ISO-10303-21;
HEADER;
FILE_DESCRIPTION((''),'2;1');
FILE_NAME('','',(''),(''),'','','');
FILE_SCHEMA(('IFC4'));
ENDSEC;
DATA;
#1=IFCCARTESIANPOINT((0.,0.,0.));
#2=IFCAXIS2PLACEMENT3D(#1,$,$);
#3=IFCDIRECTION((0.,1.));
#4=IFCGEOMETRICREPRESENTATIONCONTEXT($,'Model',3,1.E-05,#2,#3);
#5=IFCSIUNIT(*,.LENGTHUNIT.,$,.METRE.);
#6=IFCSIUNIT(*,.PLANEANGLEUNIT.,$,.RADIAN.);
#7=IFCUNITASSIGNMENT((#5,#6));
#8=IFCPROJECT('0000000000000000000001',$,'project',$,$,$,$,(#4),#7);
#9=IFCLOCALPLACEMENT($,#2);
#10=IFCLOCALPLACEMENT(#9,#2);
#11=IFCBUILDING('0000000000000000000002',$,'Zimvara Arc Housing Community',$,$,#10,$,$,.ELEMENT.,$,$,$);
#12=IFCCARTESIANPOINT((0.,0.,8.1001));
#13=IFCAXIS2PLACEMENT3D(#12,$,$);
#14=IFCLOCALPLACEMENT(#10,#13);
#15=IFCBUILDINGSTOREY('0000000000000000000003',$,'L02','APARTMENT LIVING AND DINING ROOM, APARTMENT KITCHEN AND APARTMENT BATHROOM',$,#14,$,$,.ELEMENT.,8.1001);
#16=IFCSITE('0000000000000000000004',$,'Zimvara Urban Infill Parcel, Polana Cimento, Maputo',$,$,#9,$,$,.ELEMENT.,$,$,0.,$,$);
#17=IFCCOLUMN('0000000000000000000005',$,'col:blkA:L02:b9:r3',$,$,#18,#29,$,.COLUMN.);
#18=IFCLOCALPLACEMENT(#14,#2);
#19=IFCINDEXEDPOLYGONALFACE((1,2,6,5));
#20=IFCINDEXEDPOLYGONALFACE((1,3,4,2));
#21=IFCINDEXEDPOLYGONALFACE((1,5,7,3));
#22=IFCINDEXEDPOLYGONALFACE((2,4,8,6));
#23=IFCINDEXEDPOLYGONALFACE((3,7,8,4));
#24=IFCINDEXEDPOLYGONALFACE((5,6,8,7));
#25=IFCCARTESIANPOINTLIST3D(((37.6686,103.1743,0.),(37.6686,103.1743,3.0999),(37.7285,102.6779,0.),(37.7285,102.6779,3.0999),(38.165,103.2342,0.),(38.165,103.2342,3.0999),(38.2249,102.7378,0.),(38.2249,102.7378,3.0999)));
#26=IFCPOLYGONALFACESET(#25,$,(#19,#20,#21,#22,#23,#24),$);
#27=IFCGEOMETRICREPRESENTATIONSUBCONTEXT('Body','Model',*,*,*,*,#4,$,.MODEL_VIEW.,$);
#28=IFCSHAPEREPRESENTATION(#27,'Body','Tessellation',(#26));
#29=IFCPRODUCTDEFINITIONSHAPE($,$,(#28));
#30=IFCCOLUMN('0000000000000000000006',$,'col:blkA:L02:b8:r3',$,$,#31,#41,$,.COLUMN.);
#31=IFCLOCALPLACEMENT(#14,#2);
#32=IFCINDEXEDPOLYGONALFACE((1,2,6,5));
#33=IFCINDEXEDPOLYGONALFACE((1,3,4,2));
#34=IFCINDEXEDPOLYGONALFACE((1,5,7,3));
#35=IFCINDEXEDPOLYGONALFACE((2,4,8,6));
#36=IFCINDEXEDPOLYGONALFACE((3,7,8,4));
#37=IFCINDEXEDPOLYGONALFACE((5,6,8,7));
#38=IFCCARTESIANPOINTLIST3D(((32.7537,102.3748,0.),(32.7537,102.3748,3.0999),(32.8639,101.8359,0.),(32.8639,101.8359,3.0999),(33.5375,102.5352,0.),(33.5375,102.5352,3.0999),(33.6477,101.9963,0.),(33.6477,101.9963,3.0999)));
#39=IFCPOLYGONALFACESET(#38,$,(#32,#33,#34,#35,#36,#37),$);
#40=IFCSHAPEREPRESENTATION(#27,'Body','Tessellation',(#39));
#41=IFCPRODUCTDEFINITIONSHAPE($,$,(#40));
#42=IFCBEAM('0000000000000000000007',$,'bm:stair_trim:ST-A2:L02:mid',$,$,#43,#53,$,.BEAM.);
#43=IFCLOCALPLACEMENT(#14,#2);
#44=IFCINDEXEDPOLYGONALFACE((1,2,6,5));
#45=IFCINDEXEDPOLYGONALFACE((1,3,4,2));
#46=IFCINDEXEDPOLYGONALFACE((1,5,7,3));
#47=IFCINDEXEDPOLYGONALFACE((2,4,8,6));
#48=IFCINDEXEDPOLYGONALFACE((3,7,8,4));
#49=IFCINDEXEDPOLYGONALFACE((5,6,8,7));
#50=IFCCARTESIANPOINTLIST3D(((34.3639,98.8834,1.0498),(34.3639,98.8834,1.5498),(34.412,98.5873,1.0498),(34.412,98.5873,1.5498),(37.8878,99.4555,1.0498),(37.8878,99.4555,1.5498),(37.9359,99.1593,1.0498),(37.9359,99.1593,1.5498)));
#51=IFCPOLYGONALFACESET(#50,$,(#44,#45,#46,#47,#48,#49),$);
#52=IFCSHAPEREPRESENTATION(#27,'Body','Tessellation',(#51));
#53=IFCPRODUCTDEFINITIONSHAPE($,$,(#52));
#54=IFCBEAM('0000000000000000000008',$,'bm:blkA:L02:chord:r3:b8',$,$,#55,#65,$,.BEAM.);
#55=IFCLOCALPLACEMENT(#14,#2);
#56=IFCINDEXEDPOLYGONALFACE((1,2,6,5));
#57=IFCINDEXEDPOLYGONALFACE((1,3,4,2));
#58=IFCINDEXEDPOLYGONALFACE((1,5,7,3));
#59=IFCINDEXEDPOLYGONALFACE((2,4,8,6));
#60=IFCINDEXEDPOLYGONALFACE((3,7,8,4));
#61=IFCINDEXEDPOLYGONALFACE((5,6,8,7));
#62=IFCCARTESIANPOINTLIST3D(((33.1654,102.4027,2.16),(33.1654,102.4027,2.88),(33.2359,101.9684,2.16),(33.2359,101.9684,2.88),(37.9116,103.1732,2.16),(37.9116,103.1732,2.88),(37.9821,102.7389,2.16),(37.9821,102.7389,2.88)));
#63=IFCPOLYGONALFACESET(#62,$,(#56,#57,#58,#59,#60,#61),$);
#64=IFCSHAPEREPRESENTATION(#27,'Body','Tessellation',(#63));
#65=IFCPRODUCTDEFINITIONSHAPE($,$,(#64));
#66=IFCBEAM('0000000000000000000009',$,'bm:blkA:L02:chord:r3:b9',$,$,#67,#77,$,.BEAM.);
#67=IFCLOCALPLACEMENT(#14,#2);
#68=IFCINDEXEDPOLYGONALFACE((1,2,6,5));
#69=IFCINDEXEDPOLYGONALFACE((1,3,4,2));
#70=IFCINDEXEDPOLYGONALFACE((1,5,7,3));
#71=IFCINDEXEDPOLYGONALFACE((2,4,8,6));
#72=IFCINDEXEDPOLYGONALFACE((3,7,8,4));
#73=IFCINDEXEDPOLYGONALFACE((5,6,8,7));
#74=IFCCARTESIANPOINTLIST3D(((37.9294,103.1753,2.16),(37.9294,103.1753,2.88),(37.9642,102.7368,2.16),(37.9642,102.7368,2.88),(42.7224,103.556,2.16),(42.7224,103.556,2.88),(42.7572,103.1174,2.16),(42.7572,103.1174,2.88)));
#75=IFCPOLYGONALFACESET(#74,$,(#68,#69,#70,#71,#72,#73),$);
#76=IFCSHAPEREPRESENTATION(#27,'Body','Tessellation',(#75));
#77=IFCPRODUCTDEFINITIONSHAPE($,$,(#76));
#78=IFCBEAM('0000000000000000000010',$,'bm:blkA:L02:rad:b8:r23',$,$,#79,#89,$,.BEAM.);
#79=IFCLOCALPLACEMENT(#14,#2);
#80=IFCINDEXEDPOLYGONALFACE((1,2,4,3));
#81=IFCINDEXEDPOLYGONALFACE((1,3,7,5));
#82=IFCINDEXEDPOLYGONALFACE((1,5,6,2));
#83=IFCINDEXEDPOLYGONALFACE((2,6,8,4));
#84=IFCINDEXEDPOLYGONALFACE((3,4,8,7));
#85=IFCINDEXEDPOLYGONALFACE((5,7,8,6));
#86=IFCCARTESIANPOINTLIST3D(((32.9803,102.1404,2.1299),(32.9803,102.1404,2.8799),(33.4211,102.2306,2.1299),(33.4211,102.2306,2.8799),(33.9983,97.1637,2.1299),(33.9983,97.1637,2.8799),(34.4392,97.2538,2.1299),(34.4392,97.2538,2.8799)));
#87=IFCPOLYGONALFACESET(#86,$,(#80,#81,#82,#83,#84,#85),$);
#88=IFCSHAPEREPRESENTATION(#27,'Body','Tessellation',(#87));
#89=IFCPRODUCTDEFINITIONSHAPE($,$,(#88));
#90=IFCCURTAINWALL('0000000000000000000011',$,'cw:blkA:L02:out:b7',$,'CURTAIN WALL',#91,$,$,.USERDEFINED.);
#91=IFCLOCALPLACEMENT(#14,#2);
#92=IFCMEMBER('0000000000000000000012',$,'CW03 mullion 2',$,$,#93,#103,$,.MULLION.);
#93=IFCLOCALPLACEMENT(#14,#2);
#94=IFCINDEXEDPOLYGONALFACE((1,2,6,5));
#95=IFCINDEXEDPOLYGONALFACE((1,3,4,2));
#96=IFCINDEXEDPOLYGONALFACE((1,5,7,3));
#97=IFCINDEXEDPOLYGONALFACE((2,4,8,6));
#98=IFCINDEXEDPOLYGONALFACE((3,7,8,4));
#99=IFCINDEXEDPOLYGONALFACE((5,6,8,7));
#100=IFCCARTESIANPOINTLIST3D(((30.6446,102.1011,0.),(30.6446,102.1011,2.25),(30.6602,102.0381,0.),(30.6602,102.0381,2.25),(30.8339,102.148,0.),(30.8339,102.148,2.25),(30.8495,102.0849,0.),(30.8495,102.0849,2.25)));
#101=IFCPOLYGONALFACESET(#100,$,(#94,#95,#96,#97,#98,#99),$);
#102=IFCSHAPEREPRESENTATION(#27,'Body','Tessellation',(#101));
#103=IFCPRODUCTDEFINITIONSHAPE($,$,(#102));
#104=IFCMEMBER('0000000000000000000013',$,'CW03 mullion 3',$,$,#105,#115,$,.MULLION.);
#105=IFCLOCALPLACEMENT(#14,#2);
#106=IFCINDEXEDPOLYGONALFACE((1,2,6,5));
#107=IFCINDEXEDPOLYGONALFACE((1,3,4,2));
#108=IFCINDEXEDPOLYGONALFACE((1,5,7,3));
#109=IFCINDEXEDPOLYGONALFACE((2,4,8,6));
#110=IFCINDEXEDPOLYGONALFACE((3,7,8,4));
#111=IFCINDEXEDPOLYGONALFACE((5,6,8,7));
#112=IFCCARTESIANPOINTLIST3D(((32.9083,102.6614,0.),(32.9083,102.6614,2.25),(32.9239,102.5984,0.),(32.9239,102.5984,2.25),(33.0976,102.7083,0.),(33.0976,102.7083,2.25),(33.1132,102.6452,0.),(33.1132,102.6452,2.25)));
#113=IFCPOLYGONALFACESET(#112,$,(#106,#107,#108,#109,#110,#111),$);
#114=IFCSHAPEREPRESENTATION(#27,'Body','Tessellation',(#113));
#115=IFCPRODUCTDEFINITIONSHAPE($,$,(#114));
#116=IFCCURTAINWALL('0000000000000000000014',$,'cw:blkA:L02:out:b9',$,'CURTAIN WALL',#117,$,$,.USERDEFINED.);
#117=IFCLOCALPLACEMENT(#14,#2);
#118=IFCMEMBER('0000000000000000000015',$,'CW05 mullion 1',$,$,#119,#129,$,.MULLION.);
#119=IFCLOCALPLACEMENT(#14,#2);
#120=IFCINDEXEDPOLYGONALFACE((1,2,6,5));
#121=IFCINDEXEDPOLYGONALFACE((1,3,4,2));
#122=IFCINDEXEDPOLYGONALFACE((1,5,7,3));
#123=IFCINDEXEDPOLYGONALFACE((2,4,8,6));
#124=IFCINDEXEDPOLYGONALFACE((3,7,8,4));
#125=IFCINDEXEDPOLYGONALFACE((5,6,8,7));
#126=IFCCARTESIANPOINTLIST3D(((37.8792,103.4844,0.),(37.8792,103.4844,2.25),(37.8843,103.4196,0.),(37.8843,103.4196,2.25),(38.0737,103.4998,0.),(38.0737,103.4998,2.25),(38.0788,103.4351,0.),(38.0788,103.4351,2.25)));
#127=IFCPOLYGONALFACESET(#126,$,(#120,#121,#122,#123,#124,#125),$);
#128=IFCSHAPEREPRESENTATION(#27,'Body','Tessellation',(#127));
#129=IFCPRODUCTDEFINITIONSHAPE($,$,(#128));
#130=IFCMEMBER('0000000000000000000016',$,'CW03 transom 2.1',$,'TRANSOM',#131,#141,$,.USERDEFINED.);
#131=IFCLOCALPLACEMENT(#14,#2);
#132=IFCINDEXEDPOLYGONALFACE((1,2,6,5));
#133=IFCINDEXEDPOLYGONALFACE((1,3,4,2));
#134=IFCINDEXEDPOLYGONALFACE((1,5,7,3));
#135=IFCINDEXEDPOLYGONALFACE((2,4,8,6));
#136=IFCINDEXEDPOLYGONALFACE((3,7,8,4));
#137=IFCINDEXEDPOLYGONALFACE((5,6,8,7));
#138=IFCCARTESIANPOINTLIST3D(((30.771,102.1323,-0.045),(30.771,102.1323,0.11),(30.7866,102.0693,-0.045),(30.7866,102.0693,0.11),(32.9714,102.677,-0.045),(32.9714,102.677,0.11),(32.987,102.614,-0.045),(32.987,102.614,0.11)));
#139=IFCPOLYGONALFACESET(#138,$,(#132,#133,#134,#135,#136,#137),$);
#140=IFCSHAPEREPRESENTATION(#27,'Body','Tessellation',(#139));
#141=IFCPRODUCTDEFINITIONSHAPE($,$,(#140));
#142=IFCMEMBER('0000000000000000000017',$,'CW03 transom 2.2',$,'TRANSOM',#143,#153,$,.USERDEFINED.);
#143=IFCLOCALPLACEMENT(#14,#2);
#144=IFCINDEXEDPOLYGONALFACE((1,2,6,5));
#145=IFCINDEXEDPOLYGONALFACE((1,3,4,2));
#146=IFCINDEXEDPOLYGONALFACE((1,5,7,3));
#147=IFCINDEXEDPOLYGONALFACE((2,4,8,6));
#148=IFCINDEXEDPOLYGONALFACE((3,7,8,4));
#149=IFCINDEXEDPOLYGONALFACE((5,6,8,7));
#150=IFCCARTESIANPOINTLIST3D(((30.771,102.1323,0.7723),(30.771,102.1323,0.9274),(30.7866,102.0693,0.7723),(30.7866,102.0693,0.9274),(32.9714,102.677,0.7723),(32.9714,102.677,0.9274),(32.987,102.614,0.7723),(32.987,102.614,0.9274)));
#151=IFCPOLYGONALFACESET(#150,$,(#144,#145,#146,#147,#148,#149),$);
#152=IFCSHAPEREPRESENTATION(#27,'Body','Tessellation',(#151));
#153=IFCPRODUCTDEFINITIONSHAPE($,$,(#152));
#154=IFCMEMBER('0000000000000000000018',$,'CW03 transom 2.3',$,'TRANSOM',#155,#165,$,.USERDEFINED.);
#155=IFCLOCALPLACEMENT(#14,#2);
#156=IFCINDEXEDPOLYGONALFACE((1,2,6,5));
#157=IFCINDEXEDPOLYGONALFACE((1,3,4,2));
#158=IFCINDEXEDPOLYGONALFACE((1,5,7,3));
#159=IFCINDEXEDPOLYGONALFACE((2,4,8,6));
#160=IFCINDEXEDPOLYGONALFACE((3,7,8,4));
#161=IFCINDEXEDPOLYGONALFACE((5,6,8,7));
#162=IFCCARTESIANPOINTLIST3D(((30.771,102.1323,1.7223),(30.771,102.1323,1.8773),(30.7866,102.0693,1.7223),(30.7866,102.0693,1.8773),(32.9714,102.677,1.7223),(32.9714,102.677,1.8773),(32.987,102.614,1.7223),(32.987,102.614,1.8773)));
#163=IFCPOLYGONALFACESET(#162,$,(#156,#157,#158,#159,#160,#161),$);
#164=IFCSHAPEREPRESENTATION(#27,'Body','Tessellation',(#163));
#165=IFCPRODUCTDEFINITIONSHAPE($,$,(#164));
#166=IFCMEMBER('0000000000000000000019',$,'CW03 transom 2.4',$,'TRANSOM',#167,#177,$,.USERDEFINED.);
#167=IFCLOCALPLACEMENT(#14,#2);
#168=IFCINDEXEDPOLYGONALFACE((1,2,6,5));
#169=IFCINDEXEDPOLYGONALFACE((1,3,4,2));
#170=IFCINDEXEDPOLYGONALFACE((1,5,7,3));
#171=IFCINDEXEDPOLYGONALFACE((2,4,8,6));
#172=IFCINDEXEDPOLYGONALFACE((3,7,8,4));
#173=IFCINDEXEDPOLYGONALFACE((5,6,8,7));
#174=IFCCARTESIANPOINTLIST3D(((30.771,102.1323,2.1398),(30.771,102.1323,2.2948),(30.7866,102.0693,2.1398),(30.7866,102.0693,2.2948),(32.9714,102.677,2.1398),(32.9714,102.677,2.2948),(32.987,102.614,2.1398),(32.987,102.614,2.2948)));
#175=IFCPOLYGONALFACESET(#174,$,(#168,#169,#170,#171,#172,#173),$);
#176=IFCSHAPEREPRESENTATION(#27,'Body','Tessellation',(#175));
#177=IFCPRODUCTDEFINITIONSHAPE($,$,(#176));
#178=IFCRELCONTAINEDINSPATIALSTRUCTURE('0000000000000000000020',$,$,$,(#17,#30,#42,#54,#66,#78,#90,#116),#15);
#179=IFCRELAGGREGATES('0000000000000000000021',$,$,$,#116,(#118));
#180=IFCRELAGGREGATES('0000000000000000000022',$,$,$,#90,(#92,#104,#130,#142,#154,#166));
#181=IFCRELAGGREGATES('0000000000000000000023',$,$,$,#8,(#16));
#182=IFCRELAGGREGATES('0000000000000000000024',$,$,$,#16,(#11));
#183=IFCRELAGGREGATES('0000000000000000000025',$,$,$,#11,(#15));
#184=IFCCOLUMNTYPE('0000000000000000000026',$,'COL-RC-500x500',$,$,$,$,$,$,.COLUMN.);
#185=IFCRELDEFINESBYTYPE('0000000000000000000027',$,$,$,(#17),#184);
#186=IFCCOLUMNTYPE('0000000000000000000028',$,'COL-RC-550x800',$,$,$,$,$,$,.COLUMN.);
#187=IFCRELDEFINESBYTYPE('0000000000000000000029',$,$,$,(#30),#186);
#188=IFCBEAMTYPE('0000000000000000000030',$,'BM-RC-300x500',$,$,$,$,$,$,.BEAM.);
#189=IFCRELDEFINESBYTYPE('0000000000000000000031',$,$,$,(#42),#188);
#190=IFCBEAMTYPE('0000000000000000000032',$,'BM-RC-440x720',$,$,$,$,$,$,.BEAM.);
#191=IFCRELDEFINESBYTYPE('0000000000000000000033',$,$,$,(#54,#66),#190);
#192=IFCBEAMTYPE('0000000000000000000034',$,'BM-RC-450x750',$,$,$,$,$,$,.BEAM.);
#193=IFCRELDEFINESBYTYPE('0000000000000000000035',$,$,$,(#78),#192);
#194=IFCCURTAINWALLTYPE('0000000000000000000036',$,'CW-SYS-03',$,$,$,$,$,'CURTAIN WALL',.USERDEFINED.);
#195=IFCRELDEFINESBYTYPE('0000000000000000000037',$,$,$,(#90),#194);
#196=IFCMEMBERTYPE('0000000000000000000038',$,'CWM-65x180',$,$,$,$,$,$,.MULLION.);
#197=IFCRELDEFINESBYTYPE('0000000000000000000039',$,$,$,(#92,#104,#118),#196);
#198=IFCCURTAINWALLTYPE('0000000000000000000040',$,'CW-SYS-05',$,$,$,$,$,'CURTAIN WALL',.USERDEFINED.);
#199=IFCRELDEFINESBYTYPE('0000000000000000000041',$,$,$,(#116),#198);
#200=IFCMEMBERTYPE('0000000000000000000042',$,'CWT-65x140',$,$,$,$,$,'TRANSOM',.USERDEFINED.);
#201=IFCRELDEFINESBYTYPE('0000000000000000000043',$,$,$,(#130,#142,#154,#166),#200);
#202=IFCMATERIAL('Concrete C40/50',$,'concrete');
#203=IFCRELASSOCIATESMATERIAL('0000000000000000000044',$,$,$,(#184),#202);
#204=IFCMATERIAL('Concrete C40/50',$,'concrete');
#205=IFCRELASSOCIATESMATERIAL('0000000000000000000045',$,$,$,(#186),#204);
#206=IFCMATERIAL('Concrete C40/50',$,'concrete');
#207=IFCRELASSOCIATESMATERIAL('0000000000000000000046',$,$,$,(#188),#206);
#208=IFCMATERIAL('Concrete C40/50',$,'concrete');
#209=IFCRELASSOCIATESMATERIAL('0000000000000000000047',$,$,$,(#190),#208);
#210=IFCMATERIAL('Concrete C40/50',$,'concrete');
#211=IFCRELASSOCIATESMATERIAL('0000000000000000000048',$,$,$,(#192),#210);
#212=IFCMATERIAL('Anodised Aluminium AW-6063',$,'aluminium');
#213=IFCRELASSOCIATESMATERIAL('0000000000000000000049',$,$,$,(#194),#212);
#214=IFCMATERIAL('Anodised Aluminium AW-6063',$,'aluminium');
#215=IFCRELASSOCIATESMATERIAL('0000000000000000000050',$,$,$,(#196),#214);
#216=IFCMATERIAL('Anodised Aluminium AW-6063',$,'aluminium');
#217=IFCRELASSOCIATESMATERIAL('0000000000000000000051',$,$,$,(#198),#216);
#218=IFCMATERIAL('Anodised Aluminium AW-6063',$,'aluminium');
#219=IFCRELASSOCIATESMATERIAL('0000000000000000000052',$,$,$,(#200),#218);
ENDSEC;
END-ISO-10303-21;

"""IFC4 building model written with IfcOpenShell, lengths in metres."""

from ifc_helpers import new_model, si_unit, direction, frame, origin, origin_2d, place, context, subcontext, project, spatial, rectangle, extrude, material, material_profile, profile_set, type_object, element, aggregate, save


model = new_model("IFC4")

# Units and contexts
model_context = context("Model", 3, precision=1e-05, world=origin(), true_north=direction((0.0, 1.0)))
body_context = subcontext(model_context, "Body", "Model", "MODEL_VIEW")
ifc_project = project(units=[si_unit("LENGTHUNIT", "METRE"), si_unit("PLANEANGLEUNIT", "RADIAN")], contexts=[model_context])

# Site, building, storey
site_placement = place(None, origin())
site = spatial("IfcSite", under=ifc_project, at=site_placement, Name="Zimvara Urban Infill Parcel, Polana Cimento, Maputo", CompositionType="ELEMENT", RefElevation=0.0)
building_placement = place(site_placement, origin())
building = spatial("IfcBuilding", under=site, at=building_placement, Name="Zimvara Arc Housing Community", CompositionType="ELEMENT")
storey_placement = place(building_placement, frame((0.0, 0.0, 8.1001)))
storey = spatial("IfcBuildingStorey", under=building, at=storey_placement, Name="L02", Description="APARTMENT LIVING AND DINING ROOM, APARTMENT KITCHEN AND APARTMENT BATHROOM", CompositionType="ELEMENT", Elevation=8.1001)

# Columns
ifc_material_1 = material(Name="Concrete C40/50", Category="concrete")
ifc_material_profile_1 = material_profile(ifc_material_1, rectangle(XDim=0.5, YDim=0.5, at=origin_2d()), Name="RC 500x500")
ifc_profile_set_1 = profile_set([ifc_material_profile_1], Name="Concrete C40/50")
column_type_1 = type_object("IfcColumnType", Name="COL-RC-500x500", PredefinedType="COLUMN", material=ifc_profile_set_1)
column_1_placement = place(storey_placement, frame((37.9468, 102.9561, 0.0), z_axis=(0.0, 0.0, 1.0), x_axis=(-0.11979, 0.992799, 0.0)))
element("IfcColumn", 1, at=column_1_placement, inside=storey, type_object=column_type_1, Name="col:blkA:L02:b9:r3", PredefinedType="COLUMN", context=body_context, shape_type="SweptSolid", body=[
    extrude(rectangle(XDim=0.5, YDim=0.5, at=origin_2d()), origin(), (0.0, 0.0, 1.0), 3.0999),
])
ifc_material_2 = material(Name="Concrete C40/50", Category="concrete")
ifc_material_profile_2 = material_profile(ifc_material_2, rectangle(XDim=0.55, YDim=0.8, at=origin_2d()), Name="RC 550x800")
ifc_profile_set_2 = profile_set([ifc_material_profile_2], Name="Concrete C40/50")
column_type_2 = type_object("IfcColumnType", Name="COL-RC-550x800", PredefinedType="COLUMN", material=ifc_profile_set_2)
column_2_placement = place(storey_placement, frame((33.2007, 102.1855, 0.0), z_axis=(0.0, 0.0, 1.0), x_axis=(-0.200394, 0.979715, 0.0)))
element("IfcColumn", 2, at=column_2_placement, inside=storey, type_object=column_type_2, Name="col:blkA:L02:b8:r3", PredefinedType="COLUMN", context=body_context, shape_type="SweptSolid", body=[
    extrude(rectangle(XDim=0.55, YDim=0.8, at=origin_2d()), origin(), (0.0, 0.0, 1.0), 3.0999),
])

# Beams
ifc_material_3 = material(Name="Concrete C40/50", Category="concrete")
ifc_material_profile_3 = material_profile(ifc_material_3, rectangle(XDim=0.3, YDim=0.5, at=origin_2d()), Name="RC 300x500")
ifc_profile_set_3 = profile_set([ifc_material_profile_3], Name="Concrete C40/50")
beam_type_1 = type_object("IfcBeamType", Name="BM-RC-300x500", PredefinedType="BEAM", material=ifc_profile_set_3)
beam_1_placement = place(storey_placement, frame((37.9119, 99.3074, 1.2998), z_axis=(-0.98708, -0.160228, 0.0), x_axis=(0.160228, -0.98708, 0.0)))
element("IfcBeam", 3, at=beam_1_placement, inside=storey, type_object=beam_type_1, Name="bm:stair_trim:ST-A2:L02:mid", PredefinedType="BEAM", context=body_context, shape_type="SweptSolid", body=[
    extrude(rectangle(XDim=0.3, YDim=0.5, at=origin_2d()), origin(), (0.0, 0.0, 1.0), 3.5701),
])
ifc_material_4 = material(Name="Concrete C40/50", Category="concrete")
ifc_material_profile_4 = material_profile(ifc_material_4, rectangle(XDim=0.4399, YDim=0.72, at=origin_2d()), Name="RC 440x720")
ifc_profile_set_4 = profile_set([ifc_material_profile_4], Name="Concrete C40/50")
beam_type_2 = type_object("IfcBeamType", Name="BM-RC-440x720", PredefinedType="BEAM", material=ifc_profile_set_4)
beam_2_placement = place(storey_placement, frame((33.2007, 102.1855, 2.52), z_axis=(0.987077, 0.160248, 0.0), x_axis=(-0.160248, 0.987077, 0.0)))
element("IfcBeam", 4, at=beam_2_placement, inside=storey, type_object=beam_type_2, Name="bm:blkA:L02:chord:r3:b8", PredefinedType="BEAM", context=body_context, shape_type="SweptSolid", body=[
    extrude(rectangle(XDim=0.4399, YDim=0.72, at=origin_2d()), origin(), (0.0, 0.0, 1.0), 4.8083),
])
beam_3_placement = place(storey_placement, frame((37.9468, 102.9561, 2.52), z_axis=(0.996862, 0.079162, 0.0), x_axis=(-0.079162, 0.996862, 0.0)))
element("IfcBeam", 5, at=beam_3_placement, inside=storey, type_object=beam_type_2, Name="bm:blkA:L02:chord:r3:b9", PredefinedType="BEAM", context=body_context, shape_type="SweptSolid", body=[
    extrude(rectangle(XDim=0.4399, YDim=0.72, at=origin_2d()), origin(), (0.0, 0.0, 1.0), 4.8081),
])
ifc_material_5 = material(Name="Concrete C40/50", Category="concrete")
ifc_material_profile_5 = material_profile(ifc_material_5, rectangle(XDim=0.45, YDim=0.75, at=origin_2d()), Name="RC 450x750")
ifc_profile_set_5 = profile_set([ifc_material_profile_5], Name="Concrete C40/50")
beam_type_3 = type_object("IfcBeamType", Name="BM-RC-450x750", PredefinedType="BEAM", material=ifc_profile_set_5)
beam_4_placement = place(storey_placement, frame((34.2188, 97.2087, 2.5049), z_axis=(-0.200412, 0.979712, 0.0), x_axis=(-0.979712, -0.200412, 0.0)))
element("IfcBeam", 6, at=beam_4_placement, inside=storey, type_object=beam_type_3, Name="bm:blkA:L02:rad:b8:r23", PredefinedType="BEAM", context=body_context, shape_type="SweptSolid", body=[
    extrude(rectangle(XDim=0.45, YDim=0.75, at=origin_2d()), origin(), (0.0, 0.0, 1.0), 5.0798),
])

# Curtain wall, members
ifc_material_6 = material(Name="Anodised Aluminium AW-6063", Category="aluminium")
curtain_wall_type_1 = type_object("IfcCurtainWallType", Name="CW-SYS-03", ElementType="CURTAIN WALL", PredefinedType="USERDEFINED", material=ifc_material_6)
curtain_wall_1_placement = place(storey_placement, origin())
curtain_wall_1 = element("IfcCurtainWall", 7, at=curtain_wall_1_placement, inside=storey, type_object=curtain_wall_type_1, Name="cw:blkA:L02:out:b7", ObjectType="CURTAIN WALL", PredefinedType="USERDEFINED")
ifc_material_7 = material(Name="Anodised Aluminium AW-6063", Category="aluminium")
ifc_material_profile_6 = material_profile(ifc_material_7, rectangle(XDim=0.0649, YDim=0.1951, at=origin_2d()), Name="ALU 65x195")
ifc_profile_set_6 = profile_set([ifc_material_profile_6], Name="Anodised Aluminium AW-6063")
member_type_1 = type_object("IfcMemberType", Name="CWM-65x180", PredefinedType="MULLION", material=ifc_profile_set_6)
member_1_placement = place(storey_placement, frame((30.7471, 102.093, 0.0), z_axis=(0.0, 0.0, 1.0), x_axis=(-0.24023, 0.970716, 0.0)))
member_1 = element("IfcMember", 8, at=member_1_placement, type_object=member_type_1, Name="CW03 mullion 2", PredefinedType="MULLION", context=body_context, shape_type="SweptSolid", body=[
    extrude(rectangle(XDim=0.0649, YDim=0.1951, at=origin_2d()), origin(), (0.0, 0.0, 1.0), 2.25),
])
member_2_placement = place(storey_placement, frame((33.0107, 102.6533, 0.0), z_axis=(0.0, 0.0, 1.0), x_axis=(-0.24023, 0.970716, 0.0)))
member_2 = element("IfcMember", 9, at=member_2_placement, type_object=member_type_1, Name="CW03 mullion 3", PredefinedType="MULLION", context=body_context, shape_type="SweptSolid", body=[
    extrude(rectangle(XDim=0.0649, YDim=0.1951, at=origin_2d()), origin(), (0.0, 0.0, 1.0), 2.25),
])

# Curtain wall, member
ifc_material_8 = material(Name="Anodised Aluminium AW-6063", Category="aluminium")
curtain_wall_type_2 = type_object("IfcCurtainWallType", Name="CW-SYS-05", ElementType="CURTAIN WALL", PredefinedType="USERDEFINED", material=ifc_material_8)
curtain_wall_2_placement = place(storey_placement, origin())
curtain_wall_2 = element("IfcCurtainWall", 10, at=curtain_wall_2_placement, inside=storey, type_object=curtain_wall_type_2, Name="cw:blkA:L02:out:b9", ObjectType="CURTAIN WALL", PredefinedType="USERDEFINED")
member_3_placement = place(storey_placement, frame((37.979, 103.4597, 0.0), z_axis=(0.0, 0.0, 1.0), x_axis=(-0.079154, 0.996862, 0.0)))
member_3 = element("IfcMember", 11, at=member_3_placement, type_object=member_type_1, Name="CW05 mullion 1", PredefinedType="MULLION", context=body_context, shape_type="SweptSolid", body=[
    extrude(rectangle(XDim=0.0649, YDim=0.1951, at=origin_2d()), origin(), (0.0, 0.0, 1.0), 2.25),
])

# Members
ifc_material_9 = material(Name="Anodised Aluminium AW-6063", Category="aluminium")
ifc_material_profile_7 = material_profile(ifc_material_9, rectangle(XDim=0.0649, YDim=0.155, at=origin_2d()), Name="ALU 65x155")
ifc_profile_set_7 = profile_set([ifc_material_profile_7], Name="Anodised Aluminium AW-6063")
member_type_2 = type_object("IfcMemberType", Name="CWT-65x140", ElementType="TRANSOM", PredefinedType="USERDEFINED", material=ifc_profile_set_7)
member_4_placement = place(storey_placement, frame((30.7788, 102.1008, 0.0325), z_axis=(0.970704, 0.24028, 0.0), x_axis=(-0.24028, 0.970704, 0.0)))
member_4 = element("IfcMember", 12, at=member_4_placement, type_object=member_type_2, Name="CW03 transom 2.1", ObjectType="TRANSOM", PredefinedType="USERDEFINED", context=body_context, shape_type="SweptSolid", body=[
    extrude(rectangle(XDim=0.0649, YDim=0.155, at=origin_2d()), origin(), (0.0, 0.0, 1.0), 2.2668),
])
member_5_placement = place(storey_placement, frame((30.7788, 102.1008, 0.8499), z_axis=(0.970704, 0.24028, 0.0), x_axis=(-0.24028, 0.970704, 0.0)))
member_5 = element("IfcMember", 13, at=member_5_placement, type_object=member_type_2, Name="CW03 transom 2.2", ObjectType="TRANSOM", PredefinedType="USERDEFINED", context=body_context, shape_type="SweptSolid", body=[
    extrude(rectangle(XDim=0.0649, YDim=0.155, at=origin_2d()), origin(), (0.0, 0.0, 1.0), 2.2668),
])
member_6_placement = place(storey_placement, frame((30.7788, 102.1008, 1.7998), z_axis=(0.970704, 0.24028, 0.0), x_axis=(-0.24028, 0.970704, 0.0)))
member_6 = element("IfcMember", 14, at=member_6_placement, type_object=member_type_2, Name="CW03 transom 2.3", ObjectType="TRANSOM", PredefinedType="USERDEFINED", context=body_context, shape_type="SweptSolid", body=[
    extrude(rectangle(XDim=0.0649, YDim=0.155, at=origin_2d()), origin(), (0.0, 0.0, 1.0), 2.2668),
])
member_7_placement = place(storey_placement, frame((30.7788, 102.1008, 2.2173), z_axis=(0.970704, 0.24028, 0.0), x_axis=(-0.24028, 0.970704, 0.0)))
member_7 = element("IfcMember", 15, at=member_7_placement, type_object=member_type_2, Name="CW03 transom 2.4", ObjectType="TRANSOM", PredefinedType="USERDEFINED", context=body_context, shape_type="SweptSolid", body=[
    extrude(rectangle(XDim=0.0649, YDim=0.155, at=origin_2d()), origin(), (0.0, 0.0, 1.0), 2.2668),
])
aggregate(curtain_wall_2, [member_3])

aggregate(curtain_wall_1, [member_1, member_2, member_4, member_5, member_6, member_7])

save(model, "model.ifc")
